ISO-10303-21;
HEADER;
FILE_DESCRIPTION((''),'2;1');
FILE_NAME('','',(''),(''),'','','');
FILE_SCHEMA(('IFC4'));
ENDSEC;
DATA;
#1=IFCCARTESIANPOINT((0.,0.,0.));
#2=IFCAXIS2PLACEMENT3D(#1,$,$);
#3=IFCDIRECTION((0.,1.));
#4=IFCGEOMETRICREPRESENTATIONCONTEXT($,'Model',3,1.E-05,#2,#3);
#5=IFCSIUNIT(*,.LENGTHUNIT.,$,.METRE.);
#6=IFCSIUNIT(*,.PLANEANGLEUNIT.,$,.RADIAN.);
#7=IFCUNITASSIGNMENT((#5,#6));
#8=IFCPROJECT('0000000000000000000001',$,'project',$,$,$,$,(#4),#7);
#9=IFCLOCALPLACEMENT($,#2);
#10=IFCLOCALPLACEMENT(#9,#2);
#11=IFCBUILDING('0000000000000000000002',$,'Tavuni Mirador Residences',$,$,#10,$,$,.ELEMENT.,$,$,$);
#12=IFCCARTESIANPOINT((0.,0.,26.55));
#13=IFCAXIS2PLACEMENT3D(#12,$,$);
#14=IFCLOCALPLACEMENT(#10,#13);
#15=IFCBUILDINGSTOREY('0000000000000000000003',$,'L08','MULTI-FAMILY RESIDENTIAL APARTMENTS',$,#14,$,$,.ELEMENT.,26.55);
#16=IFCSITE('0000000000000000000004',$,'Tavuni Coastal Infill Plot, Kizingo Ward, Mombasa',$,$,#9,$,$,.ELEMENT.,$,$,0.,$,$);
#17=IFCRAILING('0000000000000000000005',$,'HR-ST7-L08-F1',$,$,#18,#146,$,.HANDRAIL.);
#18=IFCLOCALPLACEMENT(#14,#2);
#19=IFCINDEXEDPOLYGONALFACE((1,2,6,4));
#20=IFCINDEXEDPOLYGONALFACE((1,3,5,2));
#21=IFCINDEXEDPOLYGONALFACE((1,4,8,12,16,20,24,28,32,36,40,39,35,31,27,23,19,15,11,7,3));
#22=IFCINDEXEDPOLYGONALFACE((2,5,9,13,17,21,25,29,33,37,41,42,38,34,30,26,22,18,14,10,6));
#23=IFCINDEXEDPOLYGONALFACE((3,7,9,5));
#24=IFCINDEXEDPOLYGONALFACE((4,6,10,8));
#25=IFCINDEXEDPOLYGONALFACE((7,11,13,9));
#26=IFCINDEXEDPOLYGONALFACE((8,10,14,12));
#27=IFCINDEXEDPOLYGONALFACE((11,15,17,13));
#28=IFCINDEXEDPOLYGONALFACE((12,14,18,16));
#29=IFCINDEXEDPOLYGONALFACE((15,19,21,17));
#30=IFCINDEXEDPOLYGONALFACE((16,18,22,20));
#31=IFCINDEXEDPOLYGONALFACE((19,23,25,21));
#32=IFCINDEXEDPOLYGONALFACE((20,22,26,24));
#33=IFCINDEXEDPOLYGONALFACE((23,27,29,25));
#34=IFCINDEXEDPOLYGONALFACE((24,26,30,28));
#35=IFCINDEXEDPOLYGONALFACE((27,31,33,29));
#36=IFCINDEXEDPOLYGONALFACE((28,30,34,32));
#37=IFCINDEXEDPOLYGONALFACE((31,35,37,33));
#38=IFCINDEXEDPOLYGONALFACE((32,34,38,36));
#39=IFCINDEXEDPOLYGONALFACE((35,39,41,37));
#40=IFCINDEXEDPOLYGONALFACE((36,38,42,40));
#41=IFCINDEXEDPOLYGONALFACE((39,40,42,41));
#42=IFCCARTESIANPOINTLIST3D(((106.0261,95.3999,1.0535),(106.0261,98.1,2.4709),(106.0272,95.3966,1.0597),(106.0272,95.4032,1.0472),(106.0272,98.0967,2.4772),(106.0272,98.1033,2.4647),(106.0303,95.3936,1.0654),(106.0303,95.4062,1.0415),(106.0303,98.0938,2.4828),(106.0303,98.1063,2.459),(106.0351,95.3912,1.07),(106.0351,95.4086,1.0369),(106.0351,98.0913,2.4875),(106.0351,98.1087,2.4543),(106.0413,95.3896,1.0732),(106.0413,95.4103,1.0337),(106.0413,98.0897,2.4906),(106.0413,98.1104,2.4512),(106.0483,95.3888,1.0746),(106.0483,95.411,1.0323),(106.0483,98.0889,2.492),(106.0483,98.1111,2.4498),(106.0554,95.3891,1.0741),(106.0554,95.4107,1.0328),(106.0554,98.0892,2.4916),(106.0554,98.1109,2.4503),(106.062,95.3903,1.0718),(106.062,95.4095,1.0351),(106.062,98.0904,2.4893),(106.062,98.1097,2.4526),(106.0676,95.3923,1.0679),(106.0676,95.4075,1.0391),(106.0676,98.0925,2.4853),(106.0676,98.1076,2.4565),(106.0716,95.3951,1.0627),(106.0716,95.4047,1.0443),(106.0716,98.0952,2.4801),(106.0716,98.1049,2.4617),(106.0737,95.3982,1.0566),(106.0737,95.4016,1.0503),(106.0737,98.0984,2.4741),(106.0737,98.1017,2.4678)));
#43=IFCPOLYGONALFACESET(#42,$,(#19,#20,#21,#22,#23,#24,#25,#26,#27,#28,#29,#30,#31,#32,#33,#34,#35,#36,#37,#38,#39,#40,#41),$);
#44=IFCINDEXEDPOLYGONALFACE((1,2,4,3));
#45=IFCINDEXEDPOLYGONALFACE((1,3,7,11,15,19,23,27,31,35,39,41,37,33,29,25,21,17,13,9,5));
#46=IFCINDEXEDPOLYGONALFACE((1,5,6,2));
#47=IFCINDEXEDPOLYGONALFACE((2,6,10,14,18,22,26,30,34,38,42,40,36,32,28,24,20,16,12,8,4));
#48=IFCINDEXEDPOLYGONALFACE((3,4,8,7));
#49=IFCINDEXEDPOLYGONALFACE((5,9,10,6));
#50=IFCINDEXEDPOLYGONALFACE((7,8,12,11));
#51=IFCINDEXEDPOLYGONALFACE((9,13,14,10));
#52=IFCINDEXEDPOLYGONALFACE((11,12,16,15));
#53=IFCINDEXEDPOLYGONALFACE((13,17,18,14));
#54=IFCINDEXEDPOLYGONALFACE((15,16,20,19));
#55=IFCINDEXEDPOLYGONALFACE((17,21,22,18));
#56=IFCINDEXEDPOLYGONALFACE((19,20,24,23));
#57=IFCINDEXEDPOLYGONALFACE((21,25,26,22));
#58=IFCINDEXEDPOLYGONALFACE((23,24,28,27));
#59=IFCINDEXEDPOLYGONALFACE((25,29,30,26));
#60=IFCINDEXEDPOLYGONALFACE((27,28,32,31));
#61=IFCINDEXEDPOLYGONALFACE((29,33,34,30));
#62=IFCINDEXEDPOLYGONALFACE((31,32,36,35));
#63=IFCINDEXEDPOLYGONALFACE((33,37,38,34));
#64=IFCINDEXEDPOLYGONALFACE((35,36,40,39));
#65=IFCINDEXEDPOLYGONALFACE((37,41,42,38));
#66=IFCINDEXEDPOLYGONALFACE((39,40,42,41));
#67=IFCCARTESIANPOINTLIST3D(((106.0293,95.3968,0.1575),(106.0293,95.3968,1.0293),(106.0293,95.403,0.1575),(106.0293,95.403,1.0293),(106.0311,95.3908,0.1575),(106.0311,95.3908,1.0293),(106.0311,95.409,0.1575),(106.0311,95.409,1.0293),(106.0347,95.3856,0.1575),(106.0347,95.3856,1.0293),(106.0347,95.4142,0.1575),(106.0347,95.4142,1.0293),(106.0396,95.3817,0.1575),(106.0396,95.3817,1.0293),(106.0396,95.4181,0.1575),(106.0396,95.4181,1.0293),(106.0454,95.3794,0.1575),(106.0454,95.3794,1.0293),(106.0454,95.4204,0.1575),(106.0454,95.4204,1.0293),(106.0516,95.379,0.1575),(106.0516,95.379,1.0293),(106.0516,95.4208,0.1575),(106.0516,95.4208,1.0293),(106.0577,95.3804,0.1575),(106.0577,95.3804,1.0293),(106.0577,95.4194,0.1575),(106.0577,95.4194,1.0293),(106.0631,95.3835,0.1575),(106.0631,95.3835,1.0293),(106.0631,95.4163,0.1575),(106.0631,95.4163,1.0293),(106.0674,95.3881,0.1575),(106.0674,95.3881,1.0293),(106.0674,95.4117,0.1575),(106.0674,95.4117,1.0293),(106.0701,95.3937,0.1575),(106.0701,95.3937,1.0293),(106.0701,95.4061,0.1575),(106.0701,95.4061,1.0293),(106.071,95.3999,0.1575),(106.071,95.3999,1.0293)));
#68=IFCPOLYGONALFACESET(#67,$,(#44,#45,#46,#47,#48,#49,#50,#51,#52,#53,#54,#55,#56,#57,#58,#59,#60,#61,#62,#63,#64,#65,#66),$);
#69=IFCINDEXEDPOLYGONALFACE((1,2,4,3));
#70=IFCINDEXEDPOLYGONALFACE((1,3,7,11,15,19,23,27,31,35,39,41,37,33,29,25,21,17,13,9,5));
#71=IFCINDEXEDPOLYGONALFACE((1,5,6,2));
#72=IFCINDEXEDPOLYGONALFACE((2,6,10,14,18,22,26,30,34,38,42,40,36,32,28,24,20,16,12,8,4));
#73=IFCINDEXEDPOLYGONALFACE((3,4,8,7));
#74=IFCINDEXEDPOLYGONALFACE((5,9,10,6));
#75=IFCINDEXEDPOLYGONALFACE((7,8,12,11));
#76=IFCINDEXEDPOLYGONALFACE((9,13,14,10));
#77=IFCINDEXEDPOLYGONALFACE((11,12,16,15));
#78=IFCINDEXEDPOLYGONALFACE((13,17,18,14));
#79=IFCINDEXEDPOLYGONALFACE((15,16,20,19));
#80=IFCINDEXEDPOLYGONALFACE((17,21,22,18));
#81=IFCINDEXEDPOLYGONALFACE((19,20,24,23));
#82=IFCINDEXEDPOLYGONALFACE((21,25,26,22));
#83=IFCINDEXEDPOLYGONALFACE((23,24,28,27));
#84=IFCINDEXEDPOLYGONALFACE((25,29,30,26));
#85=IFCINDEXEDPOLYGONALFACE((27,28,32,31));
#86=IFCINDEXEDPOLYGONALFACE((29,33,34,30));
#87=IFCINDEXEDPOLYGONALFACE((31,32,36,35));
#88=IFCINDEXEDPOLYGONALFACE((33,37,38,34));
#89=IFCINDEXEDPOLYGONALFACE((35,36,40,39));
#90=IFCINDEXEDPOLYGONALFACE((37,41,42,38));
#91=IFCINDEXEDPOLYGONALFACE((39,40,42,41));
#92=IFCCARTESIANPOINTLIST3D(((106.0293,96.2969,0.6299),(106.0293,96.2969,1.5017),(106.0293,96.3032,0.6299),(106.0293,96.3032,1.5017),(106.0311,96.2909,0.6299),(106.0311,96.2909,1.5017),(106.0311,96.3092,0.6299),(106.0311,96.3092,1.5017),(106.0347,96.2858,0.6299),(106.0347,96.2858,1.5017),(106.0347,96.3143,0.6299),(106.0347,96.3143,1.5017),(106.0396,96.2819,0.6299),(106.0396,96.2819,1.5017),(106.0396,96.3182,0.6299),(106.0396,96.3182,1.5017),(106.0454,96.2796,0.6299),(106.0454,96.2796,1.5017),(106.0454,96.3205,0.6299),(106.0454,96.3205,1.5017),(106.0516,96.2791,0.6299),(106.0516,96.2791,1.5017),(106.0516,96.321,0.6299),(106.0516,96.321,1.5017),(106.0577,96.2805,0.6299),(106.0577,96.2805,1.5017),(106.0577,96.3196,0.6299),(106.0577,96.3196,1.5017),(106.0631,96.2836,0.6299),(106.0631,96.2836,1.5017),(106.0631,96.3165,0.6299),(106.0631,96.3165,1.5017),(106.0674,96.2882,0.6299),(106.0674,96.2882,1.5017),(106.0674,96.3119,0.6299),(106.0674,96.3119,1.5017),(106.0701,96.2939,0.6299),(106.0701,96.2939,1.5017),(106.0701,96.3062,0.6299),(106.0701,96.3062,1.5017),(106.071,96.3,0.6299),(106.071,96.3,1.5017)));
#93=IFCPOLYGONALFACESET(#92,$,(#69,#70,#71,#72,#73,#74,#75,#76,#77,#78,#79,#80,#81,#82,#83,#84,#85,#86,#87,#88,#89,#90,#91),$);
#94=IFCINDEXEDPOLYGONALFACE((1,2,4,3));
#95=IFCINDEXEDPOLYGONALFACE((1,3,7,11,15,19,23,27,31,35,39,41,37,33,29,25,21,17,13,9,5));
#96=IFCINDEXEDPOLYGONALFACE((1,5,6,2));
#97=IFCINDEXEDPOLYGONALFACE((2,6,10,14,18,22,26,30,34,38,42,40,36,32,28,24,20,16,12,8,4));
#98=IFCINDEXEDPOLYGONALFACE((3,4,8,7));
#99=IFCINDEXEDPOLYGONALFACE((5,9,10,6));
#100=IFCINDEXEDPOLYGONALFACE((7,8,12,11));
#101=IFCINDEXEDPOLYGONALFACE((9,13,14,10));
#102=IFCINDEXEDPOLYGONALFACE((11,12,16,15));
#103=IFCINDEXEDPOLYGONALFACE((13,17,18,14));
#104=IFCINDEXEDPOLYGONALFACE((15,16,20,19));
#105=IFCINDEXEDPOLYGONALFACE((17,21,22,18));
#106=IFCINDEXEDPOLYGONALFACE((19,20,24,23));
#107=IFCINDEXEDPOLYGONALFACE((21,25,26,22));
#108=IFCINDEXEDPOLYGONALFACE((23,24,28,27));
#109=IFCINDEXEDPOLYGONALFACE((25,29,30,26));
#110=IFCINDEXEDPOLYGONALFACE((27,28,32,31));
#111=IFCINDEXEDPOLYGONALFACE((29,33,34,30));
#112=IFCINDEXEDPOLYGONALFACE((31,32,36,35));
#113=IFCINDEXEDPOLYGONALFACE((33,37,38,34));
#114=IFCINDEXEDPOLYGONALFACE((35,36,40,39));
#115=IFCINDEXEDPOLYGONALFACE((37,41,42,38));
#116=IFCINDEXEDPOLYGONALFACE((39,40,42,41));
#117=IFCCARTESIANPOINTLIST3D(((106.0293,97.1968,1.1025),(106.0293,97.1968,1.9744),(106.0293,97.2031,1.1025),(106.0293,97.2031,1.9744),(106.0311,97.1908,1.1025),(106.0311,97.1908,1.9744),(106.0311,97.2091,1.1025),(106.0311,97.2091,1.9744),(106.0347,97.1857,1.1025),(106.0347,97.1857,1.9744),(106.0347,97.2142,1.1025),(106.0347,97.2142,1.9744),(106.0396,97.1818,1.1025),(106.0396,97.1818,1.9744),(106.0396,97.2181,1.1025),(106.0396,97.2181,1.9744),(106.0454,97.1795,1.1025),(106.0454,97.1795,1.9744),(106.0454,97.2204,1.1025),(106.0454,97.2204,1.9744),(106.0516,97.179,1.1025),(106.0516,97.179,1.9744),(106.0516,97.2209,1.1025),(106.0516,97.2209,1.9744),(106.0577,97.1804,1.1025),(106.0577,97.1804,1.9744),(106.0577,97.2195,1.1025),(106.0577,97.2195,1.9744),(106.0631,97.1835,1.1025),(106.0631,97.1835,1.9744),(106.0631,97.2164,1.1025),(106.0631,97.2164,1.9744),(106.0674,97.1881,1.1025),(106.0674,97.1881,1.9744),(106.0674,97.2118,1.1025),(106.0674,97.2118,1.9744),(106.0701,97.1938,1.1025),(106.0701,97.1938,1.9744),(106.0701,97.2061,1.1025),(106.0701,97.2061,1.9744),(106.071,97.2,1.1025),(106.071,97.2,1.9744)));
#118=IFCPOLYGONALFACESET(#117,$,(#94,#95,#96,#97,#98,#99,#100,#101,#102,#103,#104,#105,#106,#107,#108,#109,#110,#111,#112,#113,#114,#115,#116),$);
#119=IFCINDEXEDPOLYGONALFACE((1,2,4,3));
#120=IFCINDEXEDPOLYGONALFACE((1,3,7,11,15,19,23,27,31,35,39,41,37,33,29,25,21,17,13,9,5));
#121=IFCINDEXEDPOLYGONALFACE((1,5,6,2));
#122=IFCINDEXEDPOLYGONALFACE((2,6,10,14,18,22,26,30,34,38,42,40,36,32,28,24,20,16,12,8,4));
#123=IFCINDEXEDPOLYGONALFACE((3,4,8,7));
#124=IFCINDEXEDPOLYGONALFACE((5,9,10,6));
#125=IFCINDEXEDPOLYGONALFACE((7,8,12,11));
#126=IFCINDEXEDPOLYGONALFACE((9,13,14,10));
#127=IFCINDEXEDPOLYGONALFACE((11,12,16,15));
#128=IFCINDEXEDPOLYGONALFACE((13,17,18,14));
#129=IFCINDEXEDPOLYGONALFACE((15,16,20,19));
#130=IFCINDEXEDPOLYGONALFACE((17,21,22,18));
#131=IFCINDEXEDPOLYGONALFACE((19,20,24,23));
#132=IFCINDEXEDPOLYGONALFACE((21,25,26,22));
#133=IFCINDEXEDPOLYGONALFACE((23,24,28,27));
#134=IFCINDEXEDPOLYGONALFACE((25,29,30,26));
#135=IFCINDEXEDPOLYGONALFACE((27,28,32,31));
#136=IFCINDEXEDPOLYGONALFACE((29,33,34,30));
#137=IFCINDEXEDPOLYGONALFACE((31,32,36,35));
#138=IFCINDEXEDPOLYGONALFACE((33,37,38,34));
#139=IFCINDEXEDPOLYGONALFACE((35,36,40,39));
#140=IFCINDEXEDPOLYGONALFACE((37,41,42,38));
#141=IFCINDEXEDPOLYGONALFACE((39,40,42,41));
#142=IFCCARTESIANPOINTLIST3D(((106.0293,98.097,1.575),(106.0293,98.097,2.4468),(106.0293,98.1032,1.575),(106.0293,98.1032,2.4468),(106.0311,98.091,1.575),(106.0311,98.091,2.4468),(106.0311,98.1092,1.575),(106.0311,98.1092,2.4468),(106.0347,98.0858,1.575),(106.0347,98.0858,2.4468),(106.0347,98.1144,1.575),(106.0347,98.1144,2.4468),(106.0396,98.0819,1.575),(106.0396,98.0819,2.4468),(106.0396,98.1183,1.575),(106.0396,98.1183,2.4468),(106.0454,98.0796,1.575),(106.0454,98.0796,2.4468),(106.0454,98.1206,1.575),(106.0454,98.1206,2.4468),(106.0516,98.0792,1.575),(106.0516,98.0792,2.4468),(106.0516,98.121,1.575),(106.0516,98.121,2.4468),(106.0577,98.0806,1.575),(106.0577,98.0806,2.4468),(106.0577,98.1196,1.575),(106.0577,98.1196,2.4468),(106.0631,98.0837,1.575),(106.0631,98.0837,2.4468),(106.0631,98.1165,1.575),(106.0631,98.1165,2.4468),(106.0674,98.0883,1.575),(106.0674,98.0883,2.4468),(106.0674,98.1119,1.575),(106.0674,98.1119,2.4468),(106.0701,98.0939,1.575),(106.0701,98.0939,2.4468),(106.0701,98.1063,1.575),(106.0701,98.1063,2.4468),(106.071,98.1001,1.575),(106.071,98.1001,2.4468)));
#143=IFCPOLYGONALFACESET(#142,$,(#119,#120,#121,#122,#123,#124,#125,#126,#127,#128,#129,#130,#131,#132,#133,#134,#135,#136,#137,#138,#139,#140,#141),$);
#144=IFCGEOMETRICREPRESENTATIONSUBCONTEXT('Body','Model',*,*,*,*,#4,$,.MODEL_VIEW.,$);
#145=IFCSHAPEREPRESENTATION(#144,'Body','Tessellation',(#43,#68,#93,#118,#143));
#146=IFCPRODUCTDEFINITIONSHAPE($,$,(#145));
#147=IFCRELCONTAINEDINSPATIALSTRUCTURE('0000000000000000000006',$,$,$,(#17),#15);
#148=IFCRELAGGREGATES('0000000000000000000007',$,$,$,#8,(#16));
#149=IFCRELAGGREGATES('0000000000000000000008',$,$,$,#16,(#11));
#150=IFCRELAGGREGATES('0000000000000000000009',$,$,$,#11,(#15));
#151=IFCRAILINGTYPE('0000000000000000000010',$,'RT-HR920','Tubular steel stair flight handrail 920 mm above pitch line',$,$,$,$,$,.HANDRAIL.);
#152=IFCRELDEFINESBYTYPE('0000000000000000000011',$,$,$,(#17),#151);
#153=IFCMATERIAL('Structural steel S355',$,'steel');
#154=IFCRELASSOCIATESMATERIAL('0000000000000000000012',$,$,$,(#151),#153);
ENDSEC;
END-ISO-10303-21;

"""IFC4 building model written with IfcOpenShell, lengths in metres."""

from ifc_helpers import new_model, si_unit, direction, frame, origin, origin_2d, place, context, subcontext, project, spatial, circle, extrude, material, type_object, element, save


model = new_model("IFC4")

# Units and contexts
model_context = context("Model", 3, precision=1e-05, world=origin(), true_north=direction((0.0, 1.0)))
body_context = subcontext(model_context, "Body", "Model", "MODEL_VIEW")
ifc_project = project(units=[si_unit("LENGTHUNIT", "METRE"), si_unit("PLANEANGLEUNIT", "RADIAN")], contexts=[model_context])

# Site, building, storey
site_placement = place(None, origin())
site = spatial("IfcSite", under=ifc_project, at=site_placement, Name="Tavuni Coastal Infill Plot, Kizingo Ward, Mombasa", CompositionType="ELEMENT", RefElevation=0.0)
building_placement = place(site_placement, origin())
building = spatial("IfcBuilding", under=site, at=building_placement, Name="Tavuni Mirador Residences", CompositionType="ELEMENT")
storey_placement = place(building_placement, frame((0.0, 0.0, 26.55)))
storey = spatial("IfcBuildingStorey", under=building, at=storey_placement, Name="L08", Description="MULTI-FAMILY RESIDENTIAL APARTMENTS", CompositionType="ELEMENT", Elevation=26.55)

# Shared definitions
ifc_material_1 = material(Name="Structural steel S355", Category="steel")

# Railing
railing_type_1 = type_object("IfcRailingType", Name="RT-HR920", Description="Tubular steel stair flight handrail 920 mm above pitch line", PredefinedType="HANDRAIL", material=ifc_material_1)
railing_1_placement = place(storey_placement, frame((106.05, 95.3999, 0.1575)))
element("IfcRailing", 1, at=railing_1_placement, inside=storey, type_object=railing_type_1, Name="HR-ST7-L08-F1", PredefinedType="HANDRAIL", context=body_context, shape_type="SweptSolid", body=[
    extrude(circle(Radius=0.0239, at=origin_2d()), frame((0.0, 0.0, 0.896), z_axis=(0.0, 0.885414, 0.464803), x_axis=(-1.0, 0.0, 0.0)), (0.0, 0.0, 1.0), 3.0496),
    extrude(circle(Radius=0.021, at=origin_2d()), origin(), (0.0, 0.0, 1.0), 0.8718),
    extrude(circle(Radius=0.021, at=origin_2d()), frame((0.0, 0.9001, 0.4724)), (0.0, 0.0, 1.0), 0.8718),
    extrude(circle(Radius=0.021, at=origin_2d()), frame((0.0, 1.8, 0.9451)), (0.0, 0.0, 1.0), 0.8718),
    extrude(circle(Radius=0.021, at=origin_2d()), frame((0.0, 2.7002, 1.4175)), (0.0, 0.0, 1.0), 0.8718),
])

save(model, "model.ifc")
